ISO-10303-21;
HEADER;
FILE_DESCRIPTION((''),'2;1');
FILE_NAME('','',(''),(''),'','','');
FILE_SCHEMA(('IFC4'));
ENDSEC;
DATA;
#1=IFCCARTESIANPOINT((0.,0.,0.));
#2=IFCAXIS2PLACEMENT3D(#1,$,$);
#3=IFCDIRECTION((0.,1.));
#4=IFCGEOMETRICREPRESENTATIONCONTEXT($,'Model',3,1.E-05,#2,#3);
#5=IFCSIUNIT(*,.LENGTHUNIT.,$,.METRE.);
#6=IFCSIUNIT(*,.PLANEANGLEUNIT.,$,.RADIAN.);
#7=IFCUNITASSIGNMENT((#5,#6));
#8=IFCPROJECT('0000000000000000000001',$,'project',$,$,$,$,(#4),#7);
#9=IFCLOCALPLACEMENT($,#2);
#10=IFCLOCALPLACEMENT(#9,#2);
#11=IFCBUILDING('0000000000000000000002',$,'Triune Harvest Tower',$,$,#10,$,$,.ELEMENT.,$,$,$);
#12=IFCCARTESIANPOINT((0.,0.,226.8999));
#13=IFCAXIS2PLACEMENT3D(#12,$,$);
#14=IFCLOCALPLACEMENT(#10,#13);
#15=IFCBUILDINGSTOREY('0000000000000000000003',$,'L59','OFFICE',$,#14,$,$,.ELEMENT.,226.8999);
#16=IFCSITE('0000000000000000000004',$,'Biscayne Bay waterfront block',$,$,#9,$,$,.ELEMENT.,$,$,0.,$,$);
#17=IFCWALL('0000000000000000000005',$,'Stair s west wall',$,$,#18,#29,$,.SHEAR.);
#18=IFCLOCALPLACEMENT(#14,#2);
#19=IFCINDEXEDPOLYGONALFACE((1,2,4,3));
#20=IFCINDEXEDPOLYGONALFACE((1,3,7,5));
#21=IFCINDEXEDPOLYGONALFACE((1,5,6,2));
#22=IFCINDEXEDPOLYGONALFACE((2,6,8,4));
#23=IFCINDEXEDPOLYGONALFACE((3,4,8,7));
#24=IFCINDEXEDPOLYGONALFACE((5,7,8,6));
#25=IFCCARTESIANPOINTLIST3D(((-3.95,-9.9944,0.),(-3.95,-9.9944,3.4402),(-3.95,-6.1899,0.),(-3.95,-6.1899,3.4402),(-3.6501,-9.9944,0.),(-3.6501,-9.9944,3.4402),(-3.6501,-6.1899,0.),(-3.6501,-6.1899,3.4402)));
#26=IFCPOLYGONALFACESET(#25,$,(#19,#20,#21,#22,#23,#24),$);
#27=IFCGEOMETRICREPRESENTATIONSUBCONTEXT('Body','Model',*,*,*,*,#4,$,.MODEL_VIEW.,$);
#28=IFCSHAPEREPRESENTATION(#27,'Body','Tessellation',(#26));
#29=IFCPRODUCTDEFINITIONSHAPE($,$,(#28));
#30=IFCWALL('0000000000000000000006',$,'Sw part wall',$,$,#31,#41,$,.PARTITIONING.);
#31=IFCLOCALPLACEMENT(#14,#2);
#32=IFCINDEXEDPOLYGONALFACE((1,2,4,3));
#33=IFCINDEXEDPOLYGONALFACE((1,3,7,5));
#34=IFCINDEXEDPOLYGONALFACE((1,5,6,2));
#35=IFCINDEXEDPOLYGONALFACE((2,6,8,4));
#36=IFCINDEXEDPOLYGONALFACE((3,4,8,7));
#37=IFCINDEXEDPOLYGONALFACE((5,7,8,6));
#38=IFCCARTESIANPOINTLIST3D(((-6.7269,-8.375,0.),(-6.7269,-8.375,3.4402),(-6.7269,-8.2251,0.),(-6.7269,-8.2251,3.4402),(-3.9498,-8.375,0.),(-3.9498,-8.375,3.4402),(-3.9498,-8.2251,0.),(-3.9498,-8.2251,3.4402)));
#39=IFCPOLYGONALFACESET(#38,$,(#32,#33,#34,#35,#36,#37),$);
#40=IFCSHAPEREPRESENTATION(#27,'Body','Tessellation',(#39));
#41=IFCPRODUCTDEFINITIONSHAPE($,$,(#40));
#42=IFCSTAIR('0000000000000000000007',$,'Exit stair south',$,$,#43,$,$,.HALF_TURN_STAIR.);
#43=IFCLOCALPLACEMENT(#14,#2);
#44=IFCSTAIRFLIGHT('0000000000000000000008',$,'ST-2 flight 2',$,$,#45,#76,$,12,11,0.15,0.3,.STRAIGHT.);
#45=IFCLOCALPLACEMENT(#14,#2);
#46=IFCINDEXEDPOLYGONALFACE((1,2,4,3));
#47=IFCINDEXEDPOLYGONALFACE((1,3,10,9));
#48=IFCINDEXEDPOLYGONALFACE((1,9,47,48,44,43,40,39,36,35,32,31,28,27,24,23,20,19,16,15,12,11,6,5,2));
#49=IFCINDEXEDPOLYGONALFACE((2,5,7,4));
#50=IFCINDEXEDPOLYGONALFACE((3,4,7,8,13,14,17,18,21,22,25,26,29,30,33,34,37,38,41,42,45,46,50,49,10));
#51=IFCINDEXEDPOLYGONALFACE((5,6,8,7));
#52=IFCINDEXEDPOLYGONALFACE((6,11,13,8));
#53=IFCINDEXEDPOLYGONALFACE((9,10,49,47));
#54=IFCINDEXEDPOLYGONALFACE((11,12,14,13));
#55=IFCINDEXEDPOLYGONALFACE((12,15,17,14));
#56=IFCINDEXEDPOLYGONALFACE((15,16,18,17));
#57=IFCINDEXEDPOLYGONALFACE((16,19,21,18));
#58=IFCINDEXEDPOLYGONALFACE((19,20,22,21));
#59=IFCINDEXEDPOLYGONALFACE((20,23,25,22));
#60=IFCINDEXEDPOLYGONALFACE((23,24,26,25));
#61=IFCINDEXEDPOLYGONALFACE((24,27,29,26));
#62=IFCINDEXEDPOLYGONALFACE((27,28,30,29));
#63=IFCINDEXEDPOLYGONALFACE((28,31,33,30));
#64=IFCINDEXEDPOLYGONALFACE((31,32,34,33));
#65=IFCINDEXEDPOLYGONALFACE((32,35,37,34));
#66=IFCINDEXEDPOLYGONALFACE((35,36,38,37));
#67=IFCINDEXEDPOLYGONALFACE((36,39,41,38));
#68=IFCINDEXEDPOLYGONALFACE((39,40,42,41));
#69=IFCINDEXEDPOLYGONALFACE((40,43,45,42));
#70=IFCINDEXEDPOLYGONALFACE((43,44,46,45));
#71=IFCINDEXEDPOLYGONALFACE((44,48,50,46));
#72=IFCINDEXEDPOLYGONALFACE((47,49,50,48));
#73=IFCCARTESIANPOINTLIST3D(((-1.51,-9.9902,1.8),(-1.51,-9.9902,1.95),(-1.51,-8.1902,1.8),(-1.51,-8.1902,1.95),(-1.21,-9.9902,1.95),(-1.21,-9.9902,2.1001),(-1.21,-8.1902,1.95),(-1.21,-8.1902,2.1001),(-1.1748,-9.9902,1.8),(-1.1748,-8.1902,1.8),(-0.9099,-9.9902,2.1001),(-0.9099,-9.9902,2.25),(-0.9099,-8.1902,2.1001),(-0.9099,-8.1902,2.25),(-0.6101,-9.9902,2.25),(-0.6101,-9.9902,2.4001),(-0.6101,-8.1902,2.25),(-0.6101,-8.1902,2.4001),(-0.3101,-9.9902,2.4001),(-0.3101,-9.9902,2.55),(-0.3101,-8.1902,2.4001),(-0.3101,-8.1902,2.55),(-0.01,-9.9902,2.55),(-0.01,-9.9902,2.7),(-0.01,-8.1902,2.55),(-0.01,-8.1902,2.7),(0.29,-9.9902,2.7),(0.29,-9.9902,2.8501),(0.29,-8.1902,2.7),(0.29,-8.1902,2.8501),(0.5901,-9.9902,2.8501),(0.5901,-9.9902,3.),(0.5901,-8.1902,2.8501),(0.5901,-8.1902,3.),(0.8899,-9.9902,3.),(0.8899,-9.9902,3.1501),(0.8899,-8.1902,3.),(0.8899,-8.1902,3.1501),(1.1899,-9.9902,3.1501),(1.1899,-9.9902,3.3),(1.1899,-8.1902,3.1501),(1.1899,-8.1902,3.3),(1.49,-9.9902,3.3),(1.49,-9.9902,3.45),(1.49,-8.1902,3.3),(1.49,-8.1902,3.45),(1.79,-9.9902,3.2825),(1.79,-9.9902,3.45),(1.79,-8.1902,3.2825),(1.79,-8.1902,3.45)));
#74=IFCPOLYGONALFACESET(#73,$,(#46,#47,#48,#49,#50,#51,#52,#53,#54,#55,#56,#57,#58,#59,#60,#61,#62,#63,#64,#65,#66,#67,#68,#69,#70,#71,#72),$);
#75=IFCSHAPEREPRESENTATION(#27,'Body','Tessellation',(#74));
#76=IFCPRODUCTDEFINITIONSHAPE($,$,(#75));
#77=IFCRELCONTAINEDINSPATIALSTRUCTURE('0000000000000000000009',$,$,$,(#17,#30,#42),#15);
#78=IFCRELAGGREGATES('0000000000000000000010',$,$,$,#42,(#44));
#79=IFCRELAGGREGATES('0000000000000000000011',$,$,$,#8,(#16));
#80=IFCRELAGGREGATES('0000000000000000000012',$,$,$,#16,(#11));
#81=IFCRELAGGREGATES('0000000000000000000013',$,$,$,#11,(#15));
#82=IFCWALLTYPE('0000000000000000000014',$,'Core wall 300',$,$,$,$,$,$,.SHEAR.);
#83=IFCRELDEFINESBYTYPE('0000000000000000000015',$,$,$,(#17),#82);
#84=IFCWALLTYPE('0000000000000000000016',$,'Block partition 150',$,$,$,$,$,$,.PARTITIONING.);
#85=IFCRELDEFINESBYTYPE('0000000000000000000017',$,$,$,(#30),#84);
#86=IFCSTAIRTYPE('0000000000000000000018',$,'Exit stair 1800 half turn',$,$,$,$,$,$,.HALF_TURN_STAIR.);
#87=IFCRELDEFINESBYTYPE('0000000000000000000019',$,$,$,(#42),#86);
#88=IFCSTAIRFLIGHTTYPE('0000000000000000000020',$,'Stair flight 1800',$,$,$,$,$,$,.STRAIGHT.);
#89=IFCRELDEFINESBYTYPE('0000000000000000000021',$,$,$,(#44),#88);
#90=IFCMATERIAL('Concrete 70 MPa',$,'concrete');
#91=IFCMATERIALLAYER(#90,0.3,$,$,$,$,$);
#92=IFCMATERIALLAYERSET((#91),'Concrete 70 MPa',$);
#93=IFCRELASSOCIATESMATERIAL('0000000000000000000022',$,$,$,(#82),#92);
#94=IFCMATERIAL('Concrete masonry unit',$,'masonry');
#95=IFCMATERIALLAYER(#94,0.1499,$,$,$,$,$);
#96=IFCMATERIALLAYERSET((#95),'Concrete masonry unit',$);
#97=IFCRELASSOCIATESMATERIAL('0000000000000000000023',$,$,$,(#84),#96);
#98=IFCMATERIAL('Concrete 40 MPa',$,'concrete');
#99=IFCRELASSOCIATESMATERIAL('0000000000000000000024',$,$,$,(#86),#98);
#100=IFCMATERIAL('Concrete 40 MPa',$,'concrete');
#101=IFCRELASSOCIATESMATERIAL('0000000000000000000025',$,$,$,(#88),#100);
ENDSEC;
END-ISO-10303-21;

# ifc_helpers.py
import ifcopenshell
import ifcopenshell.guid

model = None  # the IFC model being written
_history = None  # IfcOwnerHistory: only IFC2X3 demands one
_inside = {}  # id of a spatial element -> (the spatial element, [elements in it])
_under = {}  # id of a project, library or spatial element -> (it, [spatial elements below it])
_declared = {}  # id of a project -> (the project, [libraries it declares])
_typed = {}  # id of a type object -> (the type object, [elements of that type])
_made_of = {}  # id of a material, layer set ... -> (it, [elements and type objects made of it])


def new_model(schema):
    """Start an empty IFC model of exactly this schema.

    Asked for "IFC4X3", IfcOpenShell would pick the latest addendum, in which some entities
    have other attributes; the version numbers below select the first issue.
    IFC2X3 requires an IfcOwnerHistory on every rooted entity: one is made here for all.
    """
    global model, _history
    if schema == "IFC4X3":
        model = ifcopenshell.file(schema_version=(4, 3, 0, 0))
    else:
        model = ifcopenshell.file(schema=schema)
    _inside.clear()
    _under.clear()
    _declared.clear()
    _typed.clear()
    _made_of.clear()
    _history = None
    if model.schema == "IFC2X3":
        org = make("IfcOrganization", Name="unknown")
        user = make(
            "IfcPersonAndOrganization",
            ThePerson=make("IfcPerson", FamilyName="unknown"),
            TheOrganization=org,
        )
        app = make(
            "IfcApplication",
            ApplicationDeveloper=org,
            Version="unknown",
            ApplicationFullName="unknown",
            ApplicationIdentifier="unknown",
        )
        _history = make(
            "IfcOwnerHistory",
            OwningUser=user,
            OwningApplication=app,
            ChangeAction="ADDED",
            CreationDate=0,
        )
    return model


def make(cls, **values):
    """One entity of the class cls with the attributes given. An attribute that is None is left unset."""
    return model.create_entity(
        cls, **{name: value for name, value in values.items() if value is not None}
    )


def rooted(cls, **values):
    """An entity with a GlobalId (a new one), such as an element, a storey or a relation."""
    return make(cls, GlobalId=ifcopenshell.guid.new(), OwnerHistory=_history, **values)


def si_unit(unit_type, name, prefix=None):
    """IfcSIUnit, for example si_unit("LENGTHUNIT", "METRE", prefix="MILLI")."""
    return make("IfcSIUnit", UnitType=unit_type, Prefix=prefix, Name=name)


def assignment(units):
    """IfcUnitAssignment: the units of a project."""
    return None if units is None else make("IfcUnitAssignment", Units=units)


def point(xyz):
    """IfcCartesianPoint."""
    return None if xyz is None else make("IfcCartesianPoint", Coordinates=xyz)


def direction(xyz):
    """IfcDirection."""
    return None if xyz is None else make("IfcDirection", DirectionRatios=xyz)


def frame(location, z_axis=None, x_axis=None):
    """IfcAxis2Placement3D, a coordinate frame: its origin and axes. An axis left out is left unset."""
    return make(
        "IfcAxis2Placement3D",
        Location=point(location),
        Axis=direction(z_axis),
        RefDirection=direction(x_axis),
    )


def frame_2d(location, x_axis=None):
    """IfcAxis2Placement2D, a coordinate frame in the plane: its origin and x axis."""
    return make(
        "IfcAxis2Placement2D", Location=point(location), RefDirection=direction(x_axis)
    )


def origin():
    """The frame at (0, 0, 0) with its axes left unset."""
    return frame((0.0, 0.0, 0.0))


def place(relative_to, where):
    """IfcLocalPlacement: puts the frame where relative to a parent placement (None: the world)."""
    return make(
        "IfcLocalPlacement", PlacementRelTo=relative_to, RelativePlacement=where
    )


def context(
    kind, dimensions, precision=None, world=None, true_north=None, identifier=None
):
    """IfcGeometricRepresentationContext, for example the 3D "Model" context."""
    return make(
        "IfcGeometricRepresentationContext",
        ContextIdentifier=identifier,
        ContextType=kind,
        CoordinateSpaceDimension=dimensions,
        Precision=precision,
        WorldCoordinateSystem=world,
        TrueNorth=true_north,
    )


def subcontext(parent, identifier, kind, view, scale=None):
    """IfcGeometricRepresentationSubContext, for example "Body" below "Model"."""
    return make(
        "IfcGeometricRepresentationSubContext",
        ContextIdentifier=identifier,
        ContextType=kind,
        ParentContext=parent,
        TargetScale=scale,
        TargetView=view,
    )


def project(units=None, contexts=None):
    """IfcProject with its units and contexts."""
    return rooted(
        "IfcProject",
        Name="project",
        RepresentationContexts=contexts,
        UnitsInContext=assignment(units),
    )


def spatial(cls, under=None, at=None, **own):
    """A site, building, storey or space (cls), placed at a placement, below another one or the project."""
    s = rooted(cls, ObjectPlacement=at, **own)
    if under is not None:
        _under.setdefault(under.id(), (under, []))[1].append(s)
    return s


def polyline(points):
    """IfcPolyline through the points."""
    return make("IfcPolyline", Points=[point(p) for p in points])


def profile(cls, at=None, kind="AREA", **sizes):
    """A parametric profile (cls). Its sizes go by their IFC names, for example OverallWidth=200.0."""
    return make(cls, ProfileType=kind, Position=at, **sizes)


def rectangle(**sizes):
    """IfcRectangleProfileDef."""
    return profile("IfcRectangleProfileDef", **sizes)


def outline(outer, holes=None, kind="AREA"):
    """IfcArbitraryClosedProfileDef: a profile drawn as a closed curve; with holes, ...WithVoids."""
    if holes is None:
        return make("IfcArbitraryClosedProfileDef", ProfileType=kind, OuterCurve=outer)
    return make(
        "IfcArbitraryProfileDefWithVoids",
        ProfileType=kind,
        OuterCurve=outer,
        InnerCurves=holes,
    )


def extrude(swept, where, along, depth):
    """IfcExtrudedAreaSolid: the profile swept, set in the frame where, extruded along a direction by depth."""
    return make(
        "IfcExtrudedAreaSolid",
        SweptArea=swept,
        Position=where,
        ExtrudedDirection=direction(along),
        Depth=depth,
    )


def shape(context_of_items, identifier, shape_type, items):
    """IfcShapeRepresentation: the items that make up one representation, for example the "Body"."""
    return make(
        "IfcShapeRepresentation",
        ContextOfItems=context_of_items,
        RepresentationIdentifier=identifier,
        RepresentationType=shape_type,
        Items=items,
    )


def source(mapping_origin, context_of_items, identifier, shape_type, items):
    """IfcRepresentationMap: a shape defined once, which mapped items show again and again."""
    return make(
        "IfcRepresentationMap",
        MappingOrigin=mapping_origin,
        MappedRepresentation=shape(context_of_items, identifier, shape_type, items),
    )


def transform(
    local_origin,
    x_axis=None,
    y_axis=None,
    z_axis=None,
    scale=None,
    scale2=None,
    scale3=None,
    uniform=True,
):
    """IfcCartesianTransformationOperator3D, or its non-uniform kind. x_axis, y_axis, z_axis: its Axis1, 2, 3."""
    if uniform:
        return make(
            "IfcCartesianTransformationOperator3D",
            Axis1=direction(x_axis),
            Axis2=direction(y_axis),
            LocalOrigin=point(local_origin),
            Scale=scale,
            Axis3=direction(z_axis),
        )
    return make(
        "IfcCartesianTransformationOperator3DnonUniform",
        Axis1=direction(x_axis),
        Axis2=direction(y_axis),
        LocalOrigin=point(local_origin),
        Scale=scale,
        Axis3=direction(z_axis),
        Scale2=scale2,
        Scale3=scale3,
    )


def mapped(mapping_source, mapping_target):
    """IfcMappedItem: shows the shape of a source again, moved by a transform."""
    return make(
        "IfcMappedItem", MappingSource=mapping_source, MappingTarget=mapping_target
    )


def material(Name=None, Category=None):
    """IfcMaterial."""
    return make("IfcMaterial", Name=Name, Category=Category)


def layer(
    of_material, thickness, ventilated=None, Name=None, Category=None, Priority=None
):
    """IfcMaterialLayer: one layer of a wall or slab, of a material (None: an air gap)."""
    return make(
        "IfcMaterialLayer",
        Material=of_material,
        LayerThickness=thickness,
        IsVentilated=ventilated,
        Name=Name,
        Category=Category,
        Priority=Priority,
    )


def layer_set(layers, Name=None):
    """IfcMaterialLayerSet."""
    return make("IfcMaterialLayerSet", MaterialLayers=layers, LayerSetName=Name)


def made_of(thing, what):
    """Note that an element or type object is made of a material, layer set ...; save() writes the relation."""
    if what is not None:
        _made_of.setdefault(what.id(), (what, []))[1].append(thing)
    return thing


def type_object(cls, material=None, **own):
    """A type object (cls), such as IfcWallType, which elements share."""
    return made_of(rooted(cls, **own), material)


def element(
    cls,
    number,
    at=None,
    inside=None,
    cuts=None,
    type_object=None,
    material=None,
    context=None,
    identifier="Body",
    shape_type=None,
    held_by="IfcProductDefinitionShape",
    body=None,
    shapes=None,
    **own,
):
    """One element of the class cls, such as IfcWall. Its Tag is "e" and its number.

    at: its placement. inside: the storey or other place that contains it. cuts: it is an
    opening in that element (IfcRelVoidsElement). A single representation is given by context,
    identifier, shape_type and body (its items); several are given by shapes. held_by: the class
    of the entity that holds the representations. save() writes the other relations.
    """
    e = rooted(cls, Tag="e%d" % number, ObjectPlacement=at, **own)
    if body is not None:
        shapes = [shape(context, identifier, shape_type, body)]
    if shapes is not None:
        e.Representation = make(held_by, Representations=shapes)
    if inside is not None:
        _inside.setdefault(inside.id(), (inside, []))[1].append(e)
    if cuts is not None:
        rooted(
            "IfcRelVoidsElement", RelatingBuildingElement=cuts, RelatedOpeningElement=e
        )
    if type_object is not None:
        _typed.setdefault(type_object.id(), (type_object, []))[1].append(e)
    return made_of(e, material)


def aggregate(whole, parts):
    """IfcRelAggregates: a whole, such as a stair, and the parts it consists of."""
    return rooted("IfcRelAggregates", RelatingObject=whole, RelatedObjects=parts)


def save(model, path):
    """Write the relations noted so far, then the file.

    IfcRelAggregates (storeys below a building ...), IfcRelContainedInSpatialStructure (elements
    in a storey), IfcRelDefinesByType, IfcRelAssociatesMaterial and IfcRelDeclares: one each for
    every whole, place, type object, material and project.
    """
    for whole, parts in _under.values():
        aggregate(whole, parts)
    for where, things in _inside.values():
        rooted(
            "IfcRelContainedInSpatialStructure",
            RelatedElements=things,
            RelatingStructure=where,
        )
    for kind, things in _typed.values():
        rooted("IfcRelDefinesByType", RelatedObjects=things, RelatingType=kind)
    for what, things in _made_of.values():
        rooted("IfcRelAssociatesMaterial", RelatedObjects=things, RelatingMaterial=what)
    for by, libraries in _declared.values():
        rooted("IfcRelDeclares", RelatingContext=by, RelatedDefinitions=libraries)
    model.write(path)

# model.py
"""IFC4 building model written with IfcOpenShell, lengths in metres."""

from ifc_helpers import new_model, si_unit, direction, frame, frame_2d, origin, place, context, subcontext, project, spatial, polyline, rectangle, outline, extrude, source, transform, mapped, material, layer, layer_set, type_object, element, aggregate, save


model = new_model("IFC4")

# Units and contexts
model_context = context("Model", 3, precision=1e-05, world=origin(), true_north=direction((0.0, 1.0)))
body_context = subcontext(model_context, "Body", "Model", "MODEL_VIEW")
ifc_project = project(units=[si_unit("LENGTHUNIT", "METRE"), si_unit("PLANEANGLEUNIT", "RADIAN")], contexts=[model_context])

# Site, building, storey
site_placement = place(None, origin())
site = spatial("IfcSite", under=ifc_project, at=site_placement, Name="Biscayne Bay waterfront block", CompositionType="ELEMENT", RefElevation=0.0)
building_placement = place(site_placement, origin())
building = spatial("IfcBuilding", under=site, at=building_placement, Name="Triune Harvest Tower", CompositionType="ELEMENT")
storey_placement = place(building_placement, frame((0.0, 0.0, 226.8999)))
storey = spatial("IfcBuildingStorey", under=building, at=storey_placement, Name="L59", Description="OFFICE", CompositionType="ELEMENT", Elevation=226.8999)

# Shared definitions
ifc_material_1 = material(Name="Concrete 70 MPa", Category="concrete")
ifc_layer_1 = layer(ifc_material_1, 0.3)
ifc_layer_set_1 = layer_set([ifc_layer_1], Name="Concrete 70 MPa")
wall_type_1 = type_object("IfcWallType", Name="Core wall 300", PredefinedType="SHEAR", material=ifc_layer_set_1)

# Walls
shared_shape_1 = source(origin(), body_context, "Body", "SweptSolid", [
    extrude(outline(polyline([(3.8, -0.1499), (-0.0044, -0.1499), (-0.0044, 0.1499), (3.8, 0.1499), (3.8, -0.1499)])), origin(), (0.0, 0.0, 1.0), 3.4402),
])
wall_1_placement = place(storey_placement, frame((-3.8, -9.99, 0.0), z_axis=(0.0, 0.0, 1.0), x_axis=(0.0, 1.0, 0.0)))
element("IfcWall", 1, at=wall_1_placement, inside=storey, type_object=wall_type_1, Name="Stair s west wall", PredefinedType="SHEAR", context=body_context, shape_type="MappedRepresentation", body=[
    mapped(shared_shape_1, transform((0.0, 0.0, 0.0), scale=1.0)),
])
ifc_material_2 = material(Name="Concrete masonry unit", Category="masonry")
ifc_layer_2 = layer(ifc_material_2, 0.1499)
ifc_layer_set_2 = layer_set([ifc_layer_2], Name="Concrete masonry unit")
wall_type_2 = type_object("IfcWallType", Name="Block partition 150", PredefinedType="PARTITIONING", material=ifc_layer_set_2)
shared_shape_2 = source(origin(), body_context, "Body", "SweptSolid", [
    extrude(rectangle(XDim=2.7771, YDim=0.1499, at=frame_2d((1.3887, 0.0))), origin(), (0.0, 0.0, 1.0), 3.4402),
])
wall_2_placement = place(storey_placement, frame((-6.7271, -8.3, 0.0), z_axis=(0.0, 0.0, 1.0), x_axis=(1.0, 0.0, 0.0)))
element("IfcWall", 2, at=wall_2_placement, inside=storey, type_object=wall_type_2, Name="Sw part wall", PredefinedType="PARTITIONING", context=body_context, shape_type="MappedRepresentation", body=[
    mapped(shared_shape_2, transform((0.0, 0.0, 0.0), scale=1.0)),
])

# Stair, stair flight
ifc_material_3 = material(Name="Concrete 40 MPa", Category="concrete")
stair_type = type_object("IfcStairType", Name="Exit stair 1800 half turn", PredefinedType="HALF_TURN_STAIR", material=ifc_material_3)
stair_placement = place(storey_placement, origin())
stair = element("IfcStair", 3, at=stair_placement, inside=storey, type_object=stair_type, Name="Exit stair south", PredefinedType="HALF_TURN_STAIR")
ifc_material_4 = material(Name="Concrete 40 MPa", Category="concrete")
stair_flight_type = type_object("IfcStairFlightType", Name="Stair flight 1800", PredefinedType="STRAIGHT", material=ifc_material_4)
shared_shape_3 = source(origin(), body_context, "Body", "SweptSolid", [
    extrude(outline(polyline([(0.0, 0.0), (0.0, 0.1499), (0.3, 0.1499), (0.3, 0.3), (0.6001, 0.3), (0.6001, 0.45), (0.8999, 0.45), (0.8999, 0.6001), (1.2, 0.6001), (1.2, 0.75), (1.5, 0.75), (1.5, 0.8999), (1.8, 0.8999), (1.8, 1.05), (2.1001, 1.05), (2.1001, 1.2), (2.3999, 1.2), (2.3999, 1.3501), (2.7, 1.3501), (2.7, 1.5), (3.0, 1.5), (3.0, 1.6499), (3.3, 1.6499), (3.3, 1.8), (3.3, 1.4824), (0.3352, 0.0), (0.0, 0.0)])), frame((0.0, 0.8999, 0.0), z_axis=(0.0, -1.0, 0.0), x_axis=(1.0, 0.0, 0.0)), (0.0, 0.0, 1.0), 1.8),
])
stair_flight_placement = place(storey_placement, frame((-1.51, -9.0901, 1.8), z_axis=(0.0, 0.0, 1.0), x_axis=(1.0, 0.0, 0.0)))
stair_flight = element("IfcStairFlight", 4, at=stair_flight_placement, type_object=stair_flight_type, Name="ST-2 flight 2", NumberOfRisers=12, NumberOfTreads=11, PredefinedType="STRAIGHT", RiserHeight=0.15, TreadLength=0.3, context=body_context, shape_type="MappedRepresentation", body=[
    mapped(shared_shape_3, transform((0.0, 0.0, 0.0), scale=1.0)),
])
aggregate(stair, [stair_flight])

save(model, "model.ifc")
